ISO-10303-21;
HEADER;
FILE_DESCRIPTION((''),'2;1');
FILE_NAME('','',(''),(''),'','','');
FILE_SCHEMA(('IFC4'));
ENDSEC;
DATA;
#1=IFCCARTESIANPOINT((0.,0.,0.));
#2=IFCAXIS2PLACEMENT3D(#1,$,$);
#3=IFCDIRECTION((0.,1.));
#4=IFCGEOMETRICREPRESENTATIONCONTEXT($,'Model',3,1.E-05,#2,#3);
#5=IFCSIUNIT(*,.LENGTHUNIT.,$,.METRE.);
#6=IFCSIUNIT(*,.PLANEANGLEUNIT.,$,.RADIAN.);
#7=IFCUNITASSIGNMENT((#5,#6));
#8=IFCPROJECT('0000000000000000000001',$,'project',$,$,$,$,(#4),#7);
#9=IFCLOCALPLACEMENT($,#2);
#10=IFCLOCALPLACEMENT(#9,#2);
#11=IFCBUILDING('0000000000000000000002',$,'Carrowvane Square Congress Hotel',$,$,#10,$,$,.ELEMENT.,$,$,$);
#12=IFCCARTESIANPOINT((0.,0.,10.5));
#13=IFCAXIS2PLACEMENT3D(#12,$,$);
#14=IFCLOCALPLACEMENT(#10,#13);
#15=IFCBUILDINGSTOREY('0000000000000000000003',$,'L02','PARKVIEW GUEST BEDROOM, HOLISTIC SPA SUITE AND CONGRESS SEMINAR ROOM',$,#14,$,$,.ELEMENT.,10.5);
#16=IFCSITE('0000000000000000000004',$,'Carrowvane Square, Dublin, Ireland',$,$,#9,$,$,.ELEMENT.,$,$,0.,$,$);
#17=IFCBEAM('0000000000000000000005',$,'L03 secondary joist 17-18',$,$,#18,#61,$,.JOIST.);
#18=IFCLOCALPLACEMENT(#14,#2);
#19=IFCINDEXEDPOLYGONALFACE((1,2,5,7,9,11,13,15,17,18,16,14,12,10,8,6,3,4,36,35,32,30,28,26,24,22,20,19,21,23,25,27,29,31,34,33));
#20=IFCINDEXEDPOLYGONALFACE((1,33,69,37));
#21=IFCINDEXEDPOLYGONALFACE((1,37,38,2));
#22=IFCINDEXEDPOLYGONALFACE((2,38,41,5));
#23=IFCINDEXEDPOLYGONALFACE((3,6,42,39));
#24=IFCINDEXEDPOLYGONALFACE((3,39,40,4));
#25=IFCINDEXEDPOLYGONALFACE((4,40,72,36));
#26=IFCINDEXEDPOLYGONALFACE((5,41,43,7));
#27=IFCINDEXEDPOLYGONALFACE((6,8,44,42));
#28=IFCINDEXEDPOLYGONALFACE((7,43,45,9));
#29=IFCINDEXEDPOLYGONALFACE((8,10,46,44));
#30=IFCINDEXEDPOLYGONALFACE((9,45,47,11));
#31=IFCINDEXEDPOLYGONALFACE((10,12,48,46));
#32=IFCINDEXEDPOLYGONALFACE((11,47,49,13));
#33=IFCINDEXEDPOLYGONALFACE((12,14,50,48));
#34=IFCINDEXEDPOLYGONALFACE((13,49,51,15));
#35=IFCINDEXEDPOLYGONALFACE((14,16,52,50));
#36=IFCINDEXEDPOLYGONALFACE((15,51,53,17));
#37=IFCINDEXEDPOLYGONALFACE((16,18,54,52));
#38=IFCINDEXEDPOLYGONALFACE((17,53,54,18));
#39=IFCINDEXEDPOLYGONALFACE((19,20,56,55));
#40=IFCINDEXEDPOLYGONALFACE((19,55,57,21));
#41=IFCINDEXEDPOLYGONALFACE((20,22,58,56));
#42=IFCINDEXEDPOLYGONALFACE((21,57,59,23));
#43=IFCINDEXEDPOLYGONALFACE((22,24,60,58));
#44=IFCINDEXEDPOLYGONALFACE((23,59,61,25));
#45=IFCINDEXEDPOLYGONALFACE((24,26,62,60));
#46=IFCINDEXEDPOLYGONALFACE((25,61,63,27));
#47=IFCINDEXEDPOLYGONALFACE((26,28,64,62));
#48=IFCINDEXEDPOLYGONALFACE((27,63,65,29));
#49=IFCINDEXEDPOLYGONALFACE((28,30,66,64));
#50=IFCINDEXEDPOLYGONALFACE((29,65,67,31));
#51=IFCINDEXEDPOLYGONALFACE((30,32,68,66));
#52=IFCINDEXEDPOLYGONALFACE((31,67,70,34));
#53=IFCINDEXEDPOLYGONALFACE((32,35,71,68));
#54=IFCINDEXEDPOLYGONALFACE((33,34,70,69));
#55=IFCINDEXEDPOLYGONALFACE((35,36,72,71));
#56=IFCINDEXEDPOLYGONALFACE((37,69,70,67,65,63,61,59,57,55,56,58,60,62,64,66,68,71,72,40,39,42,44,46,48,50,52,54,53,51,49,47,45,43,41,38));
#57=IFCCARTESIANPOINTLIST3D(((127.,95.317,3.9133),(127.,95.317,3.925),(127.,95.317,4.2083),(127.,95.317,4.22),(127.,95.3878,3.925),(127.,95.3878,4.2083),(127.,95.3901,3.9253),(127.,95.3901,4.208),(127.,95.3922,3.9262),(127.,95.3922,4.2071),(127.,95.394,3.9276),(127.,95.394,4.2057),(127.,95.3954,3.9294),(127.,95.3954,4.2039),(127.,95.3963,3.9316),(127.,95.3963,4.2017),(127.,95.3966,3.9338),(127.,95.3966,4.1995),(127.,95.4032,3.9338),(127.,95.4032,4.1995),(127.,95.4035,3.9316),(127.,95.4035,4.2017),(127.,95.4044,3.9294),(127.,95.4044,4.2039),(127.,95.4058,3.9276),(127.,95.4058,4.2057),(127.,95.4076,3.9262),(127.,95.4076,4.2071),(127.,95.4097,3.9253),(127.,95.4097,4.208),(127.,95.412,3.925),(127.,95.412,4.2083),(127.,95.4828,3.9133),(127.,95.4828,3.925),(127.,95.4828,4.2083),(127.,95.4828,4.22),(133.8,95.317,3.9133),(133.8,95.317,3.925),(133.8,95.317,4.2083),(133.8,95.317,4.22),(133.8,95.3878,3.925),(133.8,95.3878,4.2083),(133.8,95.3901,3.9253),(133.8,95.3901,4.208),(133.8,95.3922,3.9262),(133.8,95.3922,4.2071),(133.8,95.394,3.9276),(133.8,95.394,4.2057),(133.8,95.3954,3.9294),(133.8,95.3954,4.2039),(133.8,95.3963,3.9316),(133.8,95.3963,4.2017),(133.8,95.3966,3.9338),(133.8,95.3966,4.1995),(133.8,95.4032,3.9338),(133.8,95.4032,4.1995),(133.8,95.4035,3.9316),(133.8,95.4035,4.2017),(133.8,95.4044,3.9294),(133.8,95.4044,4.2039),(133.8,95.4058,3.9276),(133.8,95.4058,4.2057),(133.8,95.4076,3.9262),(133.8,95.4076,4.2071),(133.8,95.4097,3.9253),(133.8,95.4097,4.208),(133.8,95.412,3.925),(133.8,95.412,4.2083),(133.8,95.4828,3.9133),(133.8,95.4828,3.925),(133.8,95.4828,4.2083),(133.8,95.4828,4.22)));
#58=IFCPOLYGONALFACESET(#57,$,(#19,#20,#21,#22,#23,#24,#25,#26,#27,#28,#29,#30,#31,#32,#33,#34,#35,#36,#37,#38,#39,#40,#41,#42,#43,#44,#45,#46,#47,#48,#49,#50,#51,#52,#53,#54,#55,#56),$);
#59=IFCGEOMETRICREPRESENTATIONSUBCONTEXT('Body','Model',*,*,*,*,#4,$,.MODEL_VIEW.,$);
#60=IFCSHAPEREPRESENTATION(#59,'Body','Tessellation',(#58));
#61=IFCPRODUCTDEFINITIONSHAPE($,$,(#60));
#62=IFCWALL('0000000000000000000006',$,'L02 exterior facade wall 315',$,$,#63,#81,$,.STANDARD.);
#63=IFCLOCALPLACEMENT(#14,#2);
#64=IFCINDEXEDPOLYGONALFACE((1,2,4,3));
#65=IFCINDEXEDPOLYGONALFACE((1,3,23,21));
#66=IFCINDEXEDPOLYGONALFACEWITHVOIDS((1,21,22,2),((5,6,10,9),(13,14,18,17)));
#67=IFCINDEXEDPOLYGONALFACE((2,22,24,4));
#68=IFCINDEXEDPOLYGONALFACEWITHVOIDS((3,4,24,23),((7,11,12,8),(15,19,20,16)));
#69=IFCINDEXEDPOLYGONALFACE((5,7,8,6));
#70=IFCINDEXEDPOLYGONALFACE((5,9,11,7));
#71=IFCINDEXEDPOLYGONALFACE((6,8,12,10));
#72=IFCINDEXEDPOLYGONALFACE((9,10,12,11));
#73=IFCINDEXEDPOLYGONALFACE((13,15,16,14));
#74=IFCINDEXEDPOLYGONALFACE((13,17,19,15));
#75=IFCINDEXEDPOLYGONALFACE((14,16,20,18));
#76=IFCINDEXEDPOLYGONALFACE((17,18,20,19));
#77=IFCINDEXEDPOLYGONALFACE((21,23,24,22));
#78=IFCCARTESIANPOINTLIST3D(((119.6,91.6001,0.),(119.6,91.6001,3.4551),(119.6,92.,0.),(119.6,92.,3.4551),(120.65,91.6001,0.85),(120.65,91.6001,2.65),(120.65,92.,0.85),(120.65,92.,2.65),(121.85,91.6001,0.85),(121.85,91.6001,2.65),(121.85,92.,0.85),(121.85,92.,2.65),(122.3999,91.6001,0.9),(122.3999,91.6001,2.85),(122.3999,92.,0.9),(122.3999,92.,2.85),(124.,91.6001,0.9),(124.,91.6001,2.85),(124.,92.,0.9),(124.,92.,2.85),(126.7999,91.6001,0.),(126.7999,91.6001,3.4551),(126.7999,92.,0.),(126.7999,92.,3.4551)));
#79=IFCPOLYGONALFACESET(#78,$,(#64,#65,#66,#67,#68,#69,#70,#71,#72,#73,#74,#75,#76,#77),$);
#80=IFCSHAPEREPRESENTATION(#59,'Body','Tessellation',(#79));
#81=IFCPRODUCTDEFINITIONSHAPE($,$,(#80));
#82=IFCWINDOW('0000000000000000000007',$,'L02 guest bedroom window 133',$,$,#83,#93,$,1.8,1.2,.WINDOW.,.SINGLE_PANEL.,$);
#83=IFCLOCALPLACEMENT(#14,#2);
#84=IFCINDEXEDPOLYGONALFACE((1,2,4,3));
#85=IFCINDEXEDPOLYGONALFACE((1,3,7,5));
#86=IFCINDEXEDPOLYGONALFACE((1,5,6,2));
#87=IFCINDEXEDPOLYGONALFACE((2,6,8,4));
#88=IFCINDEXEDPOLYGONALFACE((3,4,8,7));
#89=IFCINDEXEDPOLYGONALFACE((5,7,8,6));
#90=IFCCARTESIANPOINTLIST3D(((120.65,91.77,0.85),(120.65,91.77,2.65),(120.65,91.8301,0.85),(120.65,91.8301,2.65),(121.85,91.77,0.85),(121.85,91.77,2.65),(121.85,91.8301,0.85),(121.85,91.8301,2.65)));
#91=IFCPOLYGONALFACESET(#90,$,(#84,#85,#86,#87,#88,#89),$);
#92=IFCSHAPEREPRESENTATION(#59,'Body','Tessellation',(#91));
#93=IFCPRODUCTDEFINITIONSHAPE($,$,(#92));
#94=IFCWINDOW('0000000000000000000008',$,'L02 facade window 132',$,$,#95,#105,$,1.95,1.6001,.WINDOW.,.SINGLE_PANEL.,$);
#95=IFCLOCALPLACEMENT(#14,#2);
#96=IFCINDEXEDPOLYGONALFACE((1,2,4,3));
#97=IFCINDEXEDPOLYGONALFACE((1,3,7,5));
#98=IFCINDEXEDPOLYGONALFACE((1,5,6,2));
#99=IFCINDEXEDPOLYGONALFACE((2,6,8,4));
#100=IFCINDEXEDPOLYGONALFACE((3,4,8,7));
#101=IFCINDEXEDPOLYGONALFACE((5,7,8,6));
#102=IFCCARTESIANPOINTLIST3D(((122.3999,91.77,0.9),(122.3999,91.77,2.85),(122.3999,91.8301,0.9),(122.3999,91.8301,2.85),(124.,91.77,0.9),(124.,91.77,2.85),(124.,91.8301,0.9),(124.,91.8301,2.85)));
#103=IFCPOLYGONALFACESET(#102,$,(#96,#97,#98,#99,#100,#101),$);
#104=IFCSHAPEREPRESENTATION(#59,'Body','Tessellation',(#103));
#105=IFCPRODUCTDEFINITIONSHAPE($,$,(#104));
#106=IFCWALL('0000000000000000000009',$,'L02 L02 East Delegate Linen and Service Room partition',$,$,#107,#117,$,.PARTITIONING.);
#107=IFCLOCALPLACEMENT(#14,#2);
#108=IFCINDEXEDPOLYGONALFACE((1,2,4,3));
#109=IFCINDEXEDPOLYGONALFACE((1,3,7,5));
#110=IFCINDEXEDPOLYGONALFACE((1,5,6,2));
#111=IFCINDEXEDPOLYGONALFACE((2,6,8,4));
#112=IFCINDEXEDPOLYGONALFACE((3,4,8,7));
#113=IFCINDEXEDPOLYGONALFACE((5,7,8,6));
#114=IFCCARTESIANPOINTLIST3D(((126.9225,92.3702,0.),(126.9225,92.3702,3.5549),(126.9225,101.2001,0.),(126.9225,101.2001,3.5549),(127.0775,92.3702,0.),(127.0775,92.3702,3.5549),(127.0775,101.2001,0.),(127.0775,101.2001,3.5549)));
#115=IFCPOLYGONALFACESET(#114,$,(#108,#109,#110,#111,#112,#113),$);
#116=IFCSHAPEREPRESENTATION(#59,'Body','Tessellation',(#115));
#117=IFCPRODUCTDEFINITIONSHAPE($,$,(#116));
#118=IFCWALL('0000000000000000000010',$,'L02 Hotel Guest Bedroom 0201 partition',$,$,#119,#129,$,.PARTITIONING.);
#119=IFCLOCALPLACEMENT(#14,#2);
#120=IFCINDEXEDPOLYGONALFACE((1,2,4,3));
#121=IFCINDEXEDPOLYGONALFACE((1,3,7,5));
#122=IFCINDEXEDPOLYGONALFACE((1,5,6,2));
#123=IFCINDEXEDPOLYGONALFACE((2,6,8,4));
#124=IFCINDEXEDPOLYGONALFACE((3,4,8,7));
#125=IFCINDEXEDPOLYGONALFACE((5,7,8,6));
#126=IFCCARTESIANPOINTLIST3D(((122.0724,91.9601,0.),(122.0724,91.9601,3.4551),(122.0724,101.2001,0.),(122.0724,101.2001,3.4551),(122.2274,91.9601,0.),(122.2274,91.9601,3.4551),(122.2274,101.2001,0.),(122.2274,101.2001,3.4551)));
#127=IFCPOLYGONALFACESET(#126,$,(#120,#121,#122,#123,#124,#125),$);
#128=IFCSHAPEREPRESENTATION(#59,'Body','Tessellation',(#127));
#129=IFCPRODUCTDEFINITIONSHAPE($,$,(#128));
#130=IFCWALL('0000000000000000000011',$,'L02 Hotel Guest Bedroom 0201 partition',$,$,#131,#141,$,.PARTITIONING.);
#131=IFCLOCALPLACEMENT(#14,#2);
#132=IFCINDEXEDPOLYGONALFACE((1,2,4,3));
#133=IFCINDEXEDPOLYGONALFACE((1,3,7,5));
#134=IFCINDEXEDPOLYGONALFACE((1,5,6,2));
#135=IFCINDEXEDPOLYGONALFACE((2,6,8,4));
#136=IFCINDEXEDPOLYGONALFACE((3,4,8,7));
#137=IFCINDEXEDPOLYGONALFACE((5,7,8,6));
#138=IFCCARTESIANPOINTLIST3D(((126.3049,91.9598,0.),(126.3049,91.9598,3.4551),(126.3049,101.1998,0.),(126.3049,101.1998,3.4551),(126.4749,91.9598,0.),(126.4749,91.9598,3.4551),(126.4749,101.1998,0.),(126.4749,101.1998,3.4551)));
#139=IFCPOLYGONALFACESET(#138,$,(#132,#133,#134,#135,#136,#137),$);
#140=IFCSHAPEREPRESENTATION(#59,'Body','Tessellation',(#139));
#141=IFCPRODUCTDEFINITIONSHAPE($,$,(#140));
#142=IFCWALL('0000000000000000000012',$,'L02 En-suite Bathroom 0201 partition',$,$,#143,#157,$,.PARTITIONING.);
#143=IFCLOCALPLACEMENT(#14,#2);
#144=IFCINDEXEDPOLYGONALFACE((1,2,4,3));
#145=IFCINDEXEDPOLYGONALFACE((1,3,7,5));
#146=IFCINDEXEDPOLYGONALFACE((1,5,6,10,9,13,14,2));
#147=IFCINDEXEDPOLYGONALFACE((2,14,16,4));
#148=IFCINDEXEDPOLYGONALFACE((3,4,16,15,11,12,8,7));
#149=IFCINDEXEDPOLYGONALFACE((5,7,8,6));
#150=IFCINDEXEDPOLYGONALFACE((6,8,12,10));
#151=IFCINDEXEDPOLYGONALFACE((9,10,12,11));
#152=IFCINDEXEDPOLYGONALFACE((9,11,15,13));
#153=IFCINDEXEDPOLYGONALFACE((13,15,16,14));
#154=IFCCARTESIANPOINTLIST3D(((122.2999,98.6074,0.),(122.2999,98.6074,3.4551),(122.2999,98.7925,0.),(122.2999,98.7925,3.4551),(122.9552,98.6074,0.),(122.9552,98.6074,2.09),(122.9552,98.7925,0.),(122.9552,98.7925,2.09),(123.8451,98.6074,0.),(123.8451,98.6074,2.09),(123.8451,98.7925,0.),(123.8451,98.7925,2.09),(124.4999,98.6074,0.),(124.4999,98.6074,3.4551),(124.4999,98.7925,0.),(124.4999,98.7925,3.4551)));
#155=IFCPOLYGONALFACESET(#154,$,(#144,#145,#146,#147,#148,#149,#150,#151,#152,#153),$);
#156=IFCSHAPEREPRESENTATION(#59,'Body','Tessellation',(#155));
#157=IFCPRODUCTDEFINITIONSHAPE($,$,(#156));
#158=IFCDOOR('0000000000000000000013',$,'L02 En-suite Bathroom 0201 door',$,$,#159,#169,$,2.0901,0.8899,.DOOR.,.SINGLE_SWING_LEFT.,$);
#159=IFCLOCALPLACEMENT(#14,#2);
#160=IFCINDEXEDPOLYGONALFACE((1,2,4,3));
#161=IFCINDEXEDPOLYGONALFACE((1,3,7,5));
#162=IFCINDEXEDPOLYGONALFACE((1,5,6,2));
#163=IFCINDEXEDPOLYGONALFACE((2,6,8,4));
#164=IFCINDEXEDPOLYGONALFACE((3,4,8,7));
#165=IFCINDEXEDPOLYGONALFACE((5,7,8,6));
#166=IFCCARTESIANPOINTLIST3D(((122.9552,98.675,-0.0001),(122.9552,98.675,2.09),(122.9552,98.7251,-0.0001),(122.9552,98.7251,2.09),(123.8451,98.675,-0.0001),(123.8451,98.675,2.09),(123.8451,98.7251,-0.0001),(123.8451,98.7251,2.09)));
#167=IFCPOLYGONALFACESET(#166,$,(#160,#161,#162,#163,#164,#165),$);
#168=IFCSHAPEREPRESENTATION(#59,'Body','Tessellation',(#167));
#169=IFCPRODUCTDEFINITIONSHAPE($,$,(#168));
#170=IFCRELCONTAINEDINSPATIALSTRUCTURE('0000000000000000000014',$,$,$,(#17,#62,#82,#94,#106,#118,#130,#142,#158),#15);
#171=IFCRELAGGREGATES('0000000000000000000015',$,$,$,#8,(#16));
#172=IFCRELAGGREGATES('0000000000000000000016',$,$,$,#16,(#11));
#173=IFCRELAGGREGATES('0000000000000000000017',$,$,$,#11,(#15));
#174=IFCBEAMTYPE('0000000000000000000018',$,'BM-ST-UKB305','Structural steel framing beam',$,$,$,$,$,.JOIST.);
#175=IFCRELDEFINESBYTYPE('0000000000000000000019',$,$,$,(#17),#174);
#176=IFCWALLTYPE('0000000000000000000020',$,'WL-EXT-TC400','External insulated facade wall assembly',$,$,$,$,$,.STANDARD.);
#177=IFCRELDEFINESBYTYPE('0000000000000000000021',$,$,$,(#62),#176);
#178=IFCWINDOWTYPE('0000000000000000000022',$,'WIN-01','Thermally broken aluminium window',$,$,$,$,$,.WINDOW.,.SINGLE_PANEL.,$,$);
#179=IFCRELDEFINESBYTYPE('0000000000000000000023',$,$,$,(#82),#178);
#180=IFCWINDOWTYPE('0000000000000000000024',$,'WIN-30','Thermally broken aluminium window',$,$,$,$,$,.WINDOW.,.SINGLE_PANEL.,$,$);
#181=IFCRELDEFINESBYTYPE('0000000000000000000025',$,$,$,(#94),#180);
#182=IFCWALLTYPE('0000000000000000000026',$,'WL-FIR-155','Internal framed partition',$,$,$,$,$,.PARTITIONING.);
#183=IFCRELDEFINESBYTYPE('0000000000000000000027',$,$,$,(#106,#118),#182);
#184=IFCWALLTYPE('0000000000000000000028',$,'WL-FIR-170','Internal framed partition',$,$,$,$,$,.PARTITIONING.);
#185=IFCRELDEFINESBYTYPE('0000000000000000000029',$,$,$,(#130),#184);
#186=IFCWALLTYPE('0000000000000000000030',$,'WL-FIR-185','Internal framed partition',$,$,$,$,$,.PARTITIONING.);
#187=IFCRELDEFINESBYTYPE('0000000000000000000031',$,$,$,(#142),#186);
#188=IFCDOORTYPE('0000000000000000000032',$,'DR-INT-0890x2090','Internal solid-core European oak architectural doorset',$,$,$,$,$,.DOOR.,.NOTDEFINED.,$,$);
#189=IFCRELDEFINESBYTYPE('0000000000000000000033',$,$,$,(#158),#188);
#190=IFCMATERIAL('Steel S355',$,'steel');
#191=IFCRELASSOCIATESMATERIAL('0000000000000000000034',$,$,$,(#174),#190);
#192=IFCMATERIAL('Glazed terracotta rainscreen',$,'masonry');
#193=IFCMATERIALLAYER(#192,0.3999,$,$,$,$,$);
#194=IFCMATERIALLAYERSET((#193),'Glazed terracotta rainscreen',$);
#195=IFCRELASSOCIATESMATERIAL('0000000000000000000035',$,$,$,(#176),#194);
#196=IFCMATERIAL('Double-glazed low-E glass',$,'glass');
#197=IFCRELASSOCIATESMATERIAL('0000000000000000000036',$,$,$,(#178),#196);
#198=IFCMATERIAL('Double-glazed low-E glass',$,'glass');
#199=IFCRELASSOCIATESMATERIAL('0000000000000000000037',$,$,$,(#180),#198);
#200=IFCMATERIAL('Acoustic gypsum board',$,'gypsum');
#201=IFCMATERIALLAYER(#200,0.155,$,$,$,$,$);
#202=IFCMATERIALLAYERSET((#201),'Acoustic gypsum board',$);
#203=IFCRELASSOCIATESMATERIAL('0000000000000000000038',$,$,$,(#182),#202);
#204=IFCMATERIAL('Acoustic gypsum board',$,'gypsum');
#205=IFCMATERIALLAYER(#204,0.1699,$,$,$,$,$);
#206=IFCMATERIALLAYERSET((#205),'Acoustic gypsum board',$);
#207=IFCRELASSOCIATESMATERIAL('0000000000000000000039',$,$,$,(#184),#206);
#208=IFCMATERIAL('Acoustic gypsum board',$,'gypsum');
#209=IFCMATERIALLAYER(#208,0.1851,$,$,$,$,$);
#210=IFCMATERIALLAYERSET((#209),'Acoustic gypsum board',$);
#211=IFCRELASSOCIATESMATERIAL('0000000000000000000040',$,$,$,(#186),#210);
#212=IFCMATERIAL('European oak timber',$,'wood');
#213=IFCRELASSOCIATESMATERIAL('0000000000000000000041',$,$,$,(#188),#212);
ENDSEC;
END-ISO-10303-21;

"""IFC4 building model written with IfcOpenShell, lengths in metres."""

from ifc_helpers import new_model, si_unit, direction, frame, frame_2d, origin, origin_2d, place, context, subcontext, project, spatial, rectangle, i_section, extrude, material, layer, layer_set, material_profile, profile_set, type_object, element, fill, save


model = new_model("IFC4")

# Units and contexts
model_context = context("Model", 3, precision=1e-05, world=origin(), true_north=direction((0.0, 1.0)))
body_context = subcontext(model_context, "Body", "Model", "MODEL_VIEW")
ifc_project = project(units=[si_unit("LENGTHUNIT", "METRE"), si_unit("PLANEANGLEUNIT", "RADIAN")], contexts=[model_context])

# Site, building, storey
site_placement = place(None, origin())
site = spatial("IfcSite", under=ifc_project, at=site_placement, Name="Carrowvane Square, Dublin, Ireland", CompositionType="ELEMENT", RefElevation=0.0)
building_placement = place(site_placement, origin())
building = spatial("IfcBuilding", under=site, at=building_placement, Name="Carrowvane Square Congress Hotel", CompositionType="ELEMENT")
storey_placement = place(building_placement, frame((0.0, 0.0, 10.5)))
storey = spatial("IfcBuildingStorey", under=building, at=storey_placement, Name="L02", Description="PARKVIEW GUEST BEDROOM, HOLISTIC SPA SUITE AND CONGRESS SEMINAR ROOM", CompositionType="ELEMENT", Elevation=10.5)

# Beam
ifc_material_1 = material(Name="Steel S355", Category="steel")
ifc_material_profile_1 = material_profile(ifc_material_1, i_section(OverallWidth=0.1658, OverallDepth=0.3066, WebThickness=0.0066, FlangeThickness=0.0117, FilletRadius=0.0088, at=origin_2d()), Name="UKB 305x165x46")
ifc_profile_set_1 = profile_set([ifc_material_profile_1], Name="Steel S355")
beam_type_1 = type_object("IfcBeamType", Name="BM-ST-UKB305", Description="Structural steel framing beam", PredefinedType="JOIST", material=ifc_profile_set_1)
for number, where, z_axis, x_axis, name in (
    (1, (127.0, 95.3999, 4.0667), (1.0, 0.0, 0.0), (0.0, 1.0, 0.0), "L03 secondary joist 17-18"),
):
    element("IfcBeam", number, at=place(storey_placement, frame(where, z_axis=z_axis, x_axis=x_axis)), inside=storey, type_object=beam_type_1, Name=name, PredefinedType="JOIST", context=body_context, shape_type="SweptSolid", body=[
        extrude(i_section(OverallWidth=0.1658, OverallDepth=0.3066, WebThickness=0.0066, FlangeThickness=0.0117, FilletRadius=0.0088, at=origin_2d()), origin(), (0.0, 0.0, 1.0), 6.8),
    ])

# Wall, openings, windows
ifc_material_2 = material(Name="Glazed terracotta rainscreen", Category="masonry")
ifc_layer_1 = layer(ifc_material_2, 0.3999)
ifc_layer_set_1 = layer_set([ifc_layer_1], Name="Glazed terracotta rainscreen")
wall_type_1 = type_object("IfcWallType", Name="WL-EXT-TC400", Description="External insulated facade wall assembly", PredefinedType="STANDARD", material=ifc_layer_set_1)
wall_1_placement = place(storey_placement, frame((126.8, 91.8, 0.0), z_axis=(0.0, 0.0, 1.0), x_axis=(-1.0, 0.0, 0.0)))
wall_1 = element("IfcWall", 2, at=wall_1_placement, inside=storey, type_object=wall_type_1, Name="L02 exterior facade wall 315", PredefinedType="STANDARD", context=body_context, shape_type="SweptSolid", body=[
    extrude(rectangle(XDim=7.2, YDim=0.3999, at=frame_2d((3.6001, 0.0))), origin(), (0.0, 0.0, 1.0), 3.4551),
])
opening_1_placement = place(wall_1_placement, frame((2.8, 0.0, 0.8999)))
opening_1 = element("IfcOpeningElement", 3, at=opening_1_placement, cuts=wall_1, PredefinedType="OPENING", context=body_context, shape_type="SweptSolid", body=[
    extrude(rectangle(XDim=1.6001, YDim=1.95, at=frame_2d((0.8, 0.9751))), frame((0.0, 0.21, 0.0), z_axis=(0.0, -1.0, 0.0), x_axis=(1.0, 0.0, 0.0)), (0.0, 0.0, 1.0), 0.4199),
])
opening_2_placement = place(wall_1_placement, frame((4.95, 0.0, 0.8501)))
opening_2 = element("IfcOpeningElement", 4, at=opening_2_placement, cuts=wall_1, PredefinedType="OPENING", context=body_context, shape_type="SweptSolid", body=[
    extrude(rectangle(XDim=1.2, YDim=1.8, at=frame_2d((0.6001, 0.8999))), frame((0.0, 0.21, 0.0), z_axis=(0.0, -1.0, 0.0), x_axis=(1.0, 0.0, 0.0)), (0.0, 0.0, 1.0), 0.4199),
])
ifc_material_3 = material(Name="Double-glazed low-E glass", Category="glass")
window_type_1 = type_object("IfcWindowType", Name="WIN-01", Description="Thermally broken aluminium window", PartitioningType="SINGLE_PANEL", PredefinedType="WINDOW", material=ifc_material_3)
window_1_placement = place(opening_2_placement, origin())
window_1 = element("IfcWindow", 5, at=window_1_placement, inside=storey, type_object=window_type_1, Name="L02 guest bedroom window 133", OverallHeight=1.8, OverallWidth=1.2, PartitioningType="SINGLE_PANEL", PredefinedType="WINDOW", context=body_context, shape_type="SweptSolid", body=[
    extrude(rectangle(XDim=1.2, YDim=1.8, at=frame_2d((0.6001, 0.8999))), frame((0.0, 0.03, 0.0), z_axis=(0.0, -1.0, 0.0), x_axis=(1.0, 0.0, 0.0)), (0.0, 0.0, 1.0), 0.0601),
])
fill(opening_2, window_1)
ifc_material_4 = material(Name="Double-glazed low-E glass", Category="glass")
window_type_2 = type_object("IfcWindowType", Name="WIN-30", Description="Thermally broken aluminium window", PartitioningType="SINGLE_PANEL", PredefinedType="WINDOW", material=ifc_material_4)
window_2_placement = place(opening_1_placement, origin())
window_2 = element("IfcWindow", 6, at=window_2_placement, inside=storey, type_object=window_type_2, Name="L02 facade window 132", OverallHeight=1.95, OverallWidth=1.6001, PartitioningType="SINGLE_PANEL", PredefinedType="WINDOW", context=body_context, shape_type="SweptSolid", body=[
    extrude(rectangle(XDim=1.6001, YDim=1.95, at=frame_2d((0.8, 0.9751))), frame((0.0, 0.03, 0.0), z_axis=(0.0, -1.0, 0.0), x_axis=(1.0, 0.0, 0.0)), (0.0, 0.0, 1.0), 0.0601),
])
fill(opening_1, window_2)

# Walls
ifc_material_5 = material(Name="Acoustic gypsum board", Category="gypsum")
ifc_layer_2 = layer(ifc_material_5, 0.155)
ifc_layer_set_2 = layer_set([ifc_layer_2], Name="Acoustic gypsum board")
wall_type_2 = type_object("IfcWallType", Name="WL-FIR-155", Description="Internal framed partition", PredefinedType="PARTITIONING", material=ifc_layer_set_2)
wall_2_placement = place(storey_placement, frame((127.0, 92.3701, 0.0), z_axis=(0.0, 0.0, 1.0), x_axis=(0.0, 1.0, 0.0)))
element("IfcWall", 7, at=wall_2_placement, inside=storey, type_object=wall_type_2, Name="L02 L02 East Delegate Linen and Service Room partition", PredefinedType="PARTITIONING", context=body_context, shape_type="SweptSolid", body=[
    extrude(rectangle(XDim=8.8298, YDim=0.155, at=frame_2d((4.415, 0.0))), origin(), (0.0, 0.0, 1.0), 3.5549),
])
wall_3_placement = place(storey_placement, frame((122.1499, 91.96, 0.0), z_axis=(0.0, 0.0, 1.0), x_axis=(0.0, 1.0, 0.0)))
element("IfcWall", 8, at=wall_3_placement, inside=storey, type_object=wall_type_2, Name="L02 Hotel Guest Bedroom 0201 partition", PredefinedType="PARTITIONING", context=body_context, shape_type="SweptSolid", body=[
    extrude(rectangle(XDim=9.24, YDim=0.155, at=frame_2d((4.6201, 0.0))), origin(), (0.0, 0.0, 1.0), 3.4551),
])
ifc_material_6 = material(Name="Acoustic gypsum board", Category="gypsum")
ifc_layer_3 = layer(ifc_material_6, 0.1699)
ifc_layer_set_3 = layer_set([ifc_layer_3], Name="Acoustic gypsum board")
wall_type_3 = type_object("IfcWallType", Name="WL-FIR-170", Description="Internal framed partition", PredefinedType="PARTITIONING", material=ifc_layer_set_3)
wall_4_placement = place(storey_placement, frame((126.3899, 101.2, 0.0), z_axis=(0.0, 0.0, 1.0), x_axis=(0.0, -1.0, 0.0)))
element("IfcWall", 9, at=wall_4_placement, inside=storey, type_object=wall_type_3, Name="L02 Hotel Guest Bedroom 0201 partition", PredefinedType="PARTITIONING", context=body_context, shape_type="SweptSolid", body=[
    extrude(rectangle(XDim=9.24, YDim=0.1699, at=frame_2d((4.6201, 0.0))), origin(), (0.0, 0.0, 1.0), 3.4551),
])

# Wall, opening, door
ifc_material_7 = material(Name="Acoustic gypsum board", Category="gypsum")
ifc_layer_4 = layer(ifc_material_7, 0.1851)
ifc_layer_set_4 = layer_set([ifc_layer_4], Name="Acoustic gypsum board")
wall_type_4 = type_object("IfcWallType", Name="WL-FIR-185", Description="Internal framed partition", PredefinedType="PARTITIONING", material=ifc_layer_set_4)
wall_5_placement = place(storey_placement, frame((124.5, 98.7, 0.0), z_axis=(0.0, 0.0, 1.0), x_axis=(-1.0, 0.0, 0.0)))
wall_5 = element("IfcWall", 10, at=wall_5_placement, inside=storey, type_object=wall_type_4, Name="L02 En-suite Bathroom 0201 partition", PredefinedType="PARTITIONING", context=body_context, shape_type="SweptSolid", body=[
    extrude(rectangle(XDim=2.2, YDim=0.1851, at=frame_2d((1.1001, 0.0))), origin(), (0.0, 0.0, 1.0), 3.4551),
])
opening_3_placement = place(wall_5_placement, frame((0.655, 0.0, 0.0)))
opening_3 = element("IfcOpeningElement", 11, at=opening_3_placement, cuts=wall_5, PredefinedType="OPENING", context=body_context, shape_type="SweptSolid", body=[
    extrude(rectangle(XDim=0.8899, YDim=2.0901, at=frame_2d((0.4448, 1.0449))), frame((0.0, 0.1025, 0.0), z_axis=(0.0, -1.0, 0.0), x_axis=(1.0, 0.0, 0.0)), (0.0, 0.0, 1.0), 0.2051),
])
ifc_material_8 = material(Name="European oak timber", Category="wood")
door_type_1 = type_object("IfcDoorType", Name="DR-INT-0890x2090", Description="Internal solid-core European oak architectural doorset", OperationType="NOTDEFINED", PredefinedType="DOOR", material=ifc_material_8)
door_1_placement = place(opening_3_placement, origin())
door_1 = element("IfcDoor", 12, at=door_1_placement, inside=storey, type_object=door_type_1, Name="L02 En-suite Bathroom 0201 door", OperationType="SINGLE_SWING_LEFT", OverallHeight=2.0901, OverallWidth=0.8899, PredefinedType="DOOR", context=body_context, shape_type="SweptSolid", body=[
    extrude(rectangle(XDim=0.8899, YDim=2.0901, at=frame_2d((0.4448, 1.0449))), frame((0.0, 0.0249, 0.0), z_axis=(0.0, -1.0, 0.0), x_axis=(1.0, 0.0, 0.0)), (0.0, 0.0, 1.0), 0.05),
])
fill(opening_3, door_1)

save(model, "model.ifc")
